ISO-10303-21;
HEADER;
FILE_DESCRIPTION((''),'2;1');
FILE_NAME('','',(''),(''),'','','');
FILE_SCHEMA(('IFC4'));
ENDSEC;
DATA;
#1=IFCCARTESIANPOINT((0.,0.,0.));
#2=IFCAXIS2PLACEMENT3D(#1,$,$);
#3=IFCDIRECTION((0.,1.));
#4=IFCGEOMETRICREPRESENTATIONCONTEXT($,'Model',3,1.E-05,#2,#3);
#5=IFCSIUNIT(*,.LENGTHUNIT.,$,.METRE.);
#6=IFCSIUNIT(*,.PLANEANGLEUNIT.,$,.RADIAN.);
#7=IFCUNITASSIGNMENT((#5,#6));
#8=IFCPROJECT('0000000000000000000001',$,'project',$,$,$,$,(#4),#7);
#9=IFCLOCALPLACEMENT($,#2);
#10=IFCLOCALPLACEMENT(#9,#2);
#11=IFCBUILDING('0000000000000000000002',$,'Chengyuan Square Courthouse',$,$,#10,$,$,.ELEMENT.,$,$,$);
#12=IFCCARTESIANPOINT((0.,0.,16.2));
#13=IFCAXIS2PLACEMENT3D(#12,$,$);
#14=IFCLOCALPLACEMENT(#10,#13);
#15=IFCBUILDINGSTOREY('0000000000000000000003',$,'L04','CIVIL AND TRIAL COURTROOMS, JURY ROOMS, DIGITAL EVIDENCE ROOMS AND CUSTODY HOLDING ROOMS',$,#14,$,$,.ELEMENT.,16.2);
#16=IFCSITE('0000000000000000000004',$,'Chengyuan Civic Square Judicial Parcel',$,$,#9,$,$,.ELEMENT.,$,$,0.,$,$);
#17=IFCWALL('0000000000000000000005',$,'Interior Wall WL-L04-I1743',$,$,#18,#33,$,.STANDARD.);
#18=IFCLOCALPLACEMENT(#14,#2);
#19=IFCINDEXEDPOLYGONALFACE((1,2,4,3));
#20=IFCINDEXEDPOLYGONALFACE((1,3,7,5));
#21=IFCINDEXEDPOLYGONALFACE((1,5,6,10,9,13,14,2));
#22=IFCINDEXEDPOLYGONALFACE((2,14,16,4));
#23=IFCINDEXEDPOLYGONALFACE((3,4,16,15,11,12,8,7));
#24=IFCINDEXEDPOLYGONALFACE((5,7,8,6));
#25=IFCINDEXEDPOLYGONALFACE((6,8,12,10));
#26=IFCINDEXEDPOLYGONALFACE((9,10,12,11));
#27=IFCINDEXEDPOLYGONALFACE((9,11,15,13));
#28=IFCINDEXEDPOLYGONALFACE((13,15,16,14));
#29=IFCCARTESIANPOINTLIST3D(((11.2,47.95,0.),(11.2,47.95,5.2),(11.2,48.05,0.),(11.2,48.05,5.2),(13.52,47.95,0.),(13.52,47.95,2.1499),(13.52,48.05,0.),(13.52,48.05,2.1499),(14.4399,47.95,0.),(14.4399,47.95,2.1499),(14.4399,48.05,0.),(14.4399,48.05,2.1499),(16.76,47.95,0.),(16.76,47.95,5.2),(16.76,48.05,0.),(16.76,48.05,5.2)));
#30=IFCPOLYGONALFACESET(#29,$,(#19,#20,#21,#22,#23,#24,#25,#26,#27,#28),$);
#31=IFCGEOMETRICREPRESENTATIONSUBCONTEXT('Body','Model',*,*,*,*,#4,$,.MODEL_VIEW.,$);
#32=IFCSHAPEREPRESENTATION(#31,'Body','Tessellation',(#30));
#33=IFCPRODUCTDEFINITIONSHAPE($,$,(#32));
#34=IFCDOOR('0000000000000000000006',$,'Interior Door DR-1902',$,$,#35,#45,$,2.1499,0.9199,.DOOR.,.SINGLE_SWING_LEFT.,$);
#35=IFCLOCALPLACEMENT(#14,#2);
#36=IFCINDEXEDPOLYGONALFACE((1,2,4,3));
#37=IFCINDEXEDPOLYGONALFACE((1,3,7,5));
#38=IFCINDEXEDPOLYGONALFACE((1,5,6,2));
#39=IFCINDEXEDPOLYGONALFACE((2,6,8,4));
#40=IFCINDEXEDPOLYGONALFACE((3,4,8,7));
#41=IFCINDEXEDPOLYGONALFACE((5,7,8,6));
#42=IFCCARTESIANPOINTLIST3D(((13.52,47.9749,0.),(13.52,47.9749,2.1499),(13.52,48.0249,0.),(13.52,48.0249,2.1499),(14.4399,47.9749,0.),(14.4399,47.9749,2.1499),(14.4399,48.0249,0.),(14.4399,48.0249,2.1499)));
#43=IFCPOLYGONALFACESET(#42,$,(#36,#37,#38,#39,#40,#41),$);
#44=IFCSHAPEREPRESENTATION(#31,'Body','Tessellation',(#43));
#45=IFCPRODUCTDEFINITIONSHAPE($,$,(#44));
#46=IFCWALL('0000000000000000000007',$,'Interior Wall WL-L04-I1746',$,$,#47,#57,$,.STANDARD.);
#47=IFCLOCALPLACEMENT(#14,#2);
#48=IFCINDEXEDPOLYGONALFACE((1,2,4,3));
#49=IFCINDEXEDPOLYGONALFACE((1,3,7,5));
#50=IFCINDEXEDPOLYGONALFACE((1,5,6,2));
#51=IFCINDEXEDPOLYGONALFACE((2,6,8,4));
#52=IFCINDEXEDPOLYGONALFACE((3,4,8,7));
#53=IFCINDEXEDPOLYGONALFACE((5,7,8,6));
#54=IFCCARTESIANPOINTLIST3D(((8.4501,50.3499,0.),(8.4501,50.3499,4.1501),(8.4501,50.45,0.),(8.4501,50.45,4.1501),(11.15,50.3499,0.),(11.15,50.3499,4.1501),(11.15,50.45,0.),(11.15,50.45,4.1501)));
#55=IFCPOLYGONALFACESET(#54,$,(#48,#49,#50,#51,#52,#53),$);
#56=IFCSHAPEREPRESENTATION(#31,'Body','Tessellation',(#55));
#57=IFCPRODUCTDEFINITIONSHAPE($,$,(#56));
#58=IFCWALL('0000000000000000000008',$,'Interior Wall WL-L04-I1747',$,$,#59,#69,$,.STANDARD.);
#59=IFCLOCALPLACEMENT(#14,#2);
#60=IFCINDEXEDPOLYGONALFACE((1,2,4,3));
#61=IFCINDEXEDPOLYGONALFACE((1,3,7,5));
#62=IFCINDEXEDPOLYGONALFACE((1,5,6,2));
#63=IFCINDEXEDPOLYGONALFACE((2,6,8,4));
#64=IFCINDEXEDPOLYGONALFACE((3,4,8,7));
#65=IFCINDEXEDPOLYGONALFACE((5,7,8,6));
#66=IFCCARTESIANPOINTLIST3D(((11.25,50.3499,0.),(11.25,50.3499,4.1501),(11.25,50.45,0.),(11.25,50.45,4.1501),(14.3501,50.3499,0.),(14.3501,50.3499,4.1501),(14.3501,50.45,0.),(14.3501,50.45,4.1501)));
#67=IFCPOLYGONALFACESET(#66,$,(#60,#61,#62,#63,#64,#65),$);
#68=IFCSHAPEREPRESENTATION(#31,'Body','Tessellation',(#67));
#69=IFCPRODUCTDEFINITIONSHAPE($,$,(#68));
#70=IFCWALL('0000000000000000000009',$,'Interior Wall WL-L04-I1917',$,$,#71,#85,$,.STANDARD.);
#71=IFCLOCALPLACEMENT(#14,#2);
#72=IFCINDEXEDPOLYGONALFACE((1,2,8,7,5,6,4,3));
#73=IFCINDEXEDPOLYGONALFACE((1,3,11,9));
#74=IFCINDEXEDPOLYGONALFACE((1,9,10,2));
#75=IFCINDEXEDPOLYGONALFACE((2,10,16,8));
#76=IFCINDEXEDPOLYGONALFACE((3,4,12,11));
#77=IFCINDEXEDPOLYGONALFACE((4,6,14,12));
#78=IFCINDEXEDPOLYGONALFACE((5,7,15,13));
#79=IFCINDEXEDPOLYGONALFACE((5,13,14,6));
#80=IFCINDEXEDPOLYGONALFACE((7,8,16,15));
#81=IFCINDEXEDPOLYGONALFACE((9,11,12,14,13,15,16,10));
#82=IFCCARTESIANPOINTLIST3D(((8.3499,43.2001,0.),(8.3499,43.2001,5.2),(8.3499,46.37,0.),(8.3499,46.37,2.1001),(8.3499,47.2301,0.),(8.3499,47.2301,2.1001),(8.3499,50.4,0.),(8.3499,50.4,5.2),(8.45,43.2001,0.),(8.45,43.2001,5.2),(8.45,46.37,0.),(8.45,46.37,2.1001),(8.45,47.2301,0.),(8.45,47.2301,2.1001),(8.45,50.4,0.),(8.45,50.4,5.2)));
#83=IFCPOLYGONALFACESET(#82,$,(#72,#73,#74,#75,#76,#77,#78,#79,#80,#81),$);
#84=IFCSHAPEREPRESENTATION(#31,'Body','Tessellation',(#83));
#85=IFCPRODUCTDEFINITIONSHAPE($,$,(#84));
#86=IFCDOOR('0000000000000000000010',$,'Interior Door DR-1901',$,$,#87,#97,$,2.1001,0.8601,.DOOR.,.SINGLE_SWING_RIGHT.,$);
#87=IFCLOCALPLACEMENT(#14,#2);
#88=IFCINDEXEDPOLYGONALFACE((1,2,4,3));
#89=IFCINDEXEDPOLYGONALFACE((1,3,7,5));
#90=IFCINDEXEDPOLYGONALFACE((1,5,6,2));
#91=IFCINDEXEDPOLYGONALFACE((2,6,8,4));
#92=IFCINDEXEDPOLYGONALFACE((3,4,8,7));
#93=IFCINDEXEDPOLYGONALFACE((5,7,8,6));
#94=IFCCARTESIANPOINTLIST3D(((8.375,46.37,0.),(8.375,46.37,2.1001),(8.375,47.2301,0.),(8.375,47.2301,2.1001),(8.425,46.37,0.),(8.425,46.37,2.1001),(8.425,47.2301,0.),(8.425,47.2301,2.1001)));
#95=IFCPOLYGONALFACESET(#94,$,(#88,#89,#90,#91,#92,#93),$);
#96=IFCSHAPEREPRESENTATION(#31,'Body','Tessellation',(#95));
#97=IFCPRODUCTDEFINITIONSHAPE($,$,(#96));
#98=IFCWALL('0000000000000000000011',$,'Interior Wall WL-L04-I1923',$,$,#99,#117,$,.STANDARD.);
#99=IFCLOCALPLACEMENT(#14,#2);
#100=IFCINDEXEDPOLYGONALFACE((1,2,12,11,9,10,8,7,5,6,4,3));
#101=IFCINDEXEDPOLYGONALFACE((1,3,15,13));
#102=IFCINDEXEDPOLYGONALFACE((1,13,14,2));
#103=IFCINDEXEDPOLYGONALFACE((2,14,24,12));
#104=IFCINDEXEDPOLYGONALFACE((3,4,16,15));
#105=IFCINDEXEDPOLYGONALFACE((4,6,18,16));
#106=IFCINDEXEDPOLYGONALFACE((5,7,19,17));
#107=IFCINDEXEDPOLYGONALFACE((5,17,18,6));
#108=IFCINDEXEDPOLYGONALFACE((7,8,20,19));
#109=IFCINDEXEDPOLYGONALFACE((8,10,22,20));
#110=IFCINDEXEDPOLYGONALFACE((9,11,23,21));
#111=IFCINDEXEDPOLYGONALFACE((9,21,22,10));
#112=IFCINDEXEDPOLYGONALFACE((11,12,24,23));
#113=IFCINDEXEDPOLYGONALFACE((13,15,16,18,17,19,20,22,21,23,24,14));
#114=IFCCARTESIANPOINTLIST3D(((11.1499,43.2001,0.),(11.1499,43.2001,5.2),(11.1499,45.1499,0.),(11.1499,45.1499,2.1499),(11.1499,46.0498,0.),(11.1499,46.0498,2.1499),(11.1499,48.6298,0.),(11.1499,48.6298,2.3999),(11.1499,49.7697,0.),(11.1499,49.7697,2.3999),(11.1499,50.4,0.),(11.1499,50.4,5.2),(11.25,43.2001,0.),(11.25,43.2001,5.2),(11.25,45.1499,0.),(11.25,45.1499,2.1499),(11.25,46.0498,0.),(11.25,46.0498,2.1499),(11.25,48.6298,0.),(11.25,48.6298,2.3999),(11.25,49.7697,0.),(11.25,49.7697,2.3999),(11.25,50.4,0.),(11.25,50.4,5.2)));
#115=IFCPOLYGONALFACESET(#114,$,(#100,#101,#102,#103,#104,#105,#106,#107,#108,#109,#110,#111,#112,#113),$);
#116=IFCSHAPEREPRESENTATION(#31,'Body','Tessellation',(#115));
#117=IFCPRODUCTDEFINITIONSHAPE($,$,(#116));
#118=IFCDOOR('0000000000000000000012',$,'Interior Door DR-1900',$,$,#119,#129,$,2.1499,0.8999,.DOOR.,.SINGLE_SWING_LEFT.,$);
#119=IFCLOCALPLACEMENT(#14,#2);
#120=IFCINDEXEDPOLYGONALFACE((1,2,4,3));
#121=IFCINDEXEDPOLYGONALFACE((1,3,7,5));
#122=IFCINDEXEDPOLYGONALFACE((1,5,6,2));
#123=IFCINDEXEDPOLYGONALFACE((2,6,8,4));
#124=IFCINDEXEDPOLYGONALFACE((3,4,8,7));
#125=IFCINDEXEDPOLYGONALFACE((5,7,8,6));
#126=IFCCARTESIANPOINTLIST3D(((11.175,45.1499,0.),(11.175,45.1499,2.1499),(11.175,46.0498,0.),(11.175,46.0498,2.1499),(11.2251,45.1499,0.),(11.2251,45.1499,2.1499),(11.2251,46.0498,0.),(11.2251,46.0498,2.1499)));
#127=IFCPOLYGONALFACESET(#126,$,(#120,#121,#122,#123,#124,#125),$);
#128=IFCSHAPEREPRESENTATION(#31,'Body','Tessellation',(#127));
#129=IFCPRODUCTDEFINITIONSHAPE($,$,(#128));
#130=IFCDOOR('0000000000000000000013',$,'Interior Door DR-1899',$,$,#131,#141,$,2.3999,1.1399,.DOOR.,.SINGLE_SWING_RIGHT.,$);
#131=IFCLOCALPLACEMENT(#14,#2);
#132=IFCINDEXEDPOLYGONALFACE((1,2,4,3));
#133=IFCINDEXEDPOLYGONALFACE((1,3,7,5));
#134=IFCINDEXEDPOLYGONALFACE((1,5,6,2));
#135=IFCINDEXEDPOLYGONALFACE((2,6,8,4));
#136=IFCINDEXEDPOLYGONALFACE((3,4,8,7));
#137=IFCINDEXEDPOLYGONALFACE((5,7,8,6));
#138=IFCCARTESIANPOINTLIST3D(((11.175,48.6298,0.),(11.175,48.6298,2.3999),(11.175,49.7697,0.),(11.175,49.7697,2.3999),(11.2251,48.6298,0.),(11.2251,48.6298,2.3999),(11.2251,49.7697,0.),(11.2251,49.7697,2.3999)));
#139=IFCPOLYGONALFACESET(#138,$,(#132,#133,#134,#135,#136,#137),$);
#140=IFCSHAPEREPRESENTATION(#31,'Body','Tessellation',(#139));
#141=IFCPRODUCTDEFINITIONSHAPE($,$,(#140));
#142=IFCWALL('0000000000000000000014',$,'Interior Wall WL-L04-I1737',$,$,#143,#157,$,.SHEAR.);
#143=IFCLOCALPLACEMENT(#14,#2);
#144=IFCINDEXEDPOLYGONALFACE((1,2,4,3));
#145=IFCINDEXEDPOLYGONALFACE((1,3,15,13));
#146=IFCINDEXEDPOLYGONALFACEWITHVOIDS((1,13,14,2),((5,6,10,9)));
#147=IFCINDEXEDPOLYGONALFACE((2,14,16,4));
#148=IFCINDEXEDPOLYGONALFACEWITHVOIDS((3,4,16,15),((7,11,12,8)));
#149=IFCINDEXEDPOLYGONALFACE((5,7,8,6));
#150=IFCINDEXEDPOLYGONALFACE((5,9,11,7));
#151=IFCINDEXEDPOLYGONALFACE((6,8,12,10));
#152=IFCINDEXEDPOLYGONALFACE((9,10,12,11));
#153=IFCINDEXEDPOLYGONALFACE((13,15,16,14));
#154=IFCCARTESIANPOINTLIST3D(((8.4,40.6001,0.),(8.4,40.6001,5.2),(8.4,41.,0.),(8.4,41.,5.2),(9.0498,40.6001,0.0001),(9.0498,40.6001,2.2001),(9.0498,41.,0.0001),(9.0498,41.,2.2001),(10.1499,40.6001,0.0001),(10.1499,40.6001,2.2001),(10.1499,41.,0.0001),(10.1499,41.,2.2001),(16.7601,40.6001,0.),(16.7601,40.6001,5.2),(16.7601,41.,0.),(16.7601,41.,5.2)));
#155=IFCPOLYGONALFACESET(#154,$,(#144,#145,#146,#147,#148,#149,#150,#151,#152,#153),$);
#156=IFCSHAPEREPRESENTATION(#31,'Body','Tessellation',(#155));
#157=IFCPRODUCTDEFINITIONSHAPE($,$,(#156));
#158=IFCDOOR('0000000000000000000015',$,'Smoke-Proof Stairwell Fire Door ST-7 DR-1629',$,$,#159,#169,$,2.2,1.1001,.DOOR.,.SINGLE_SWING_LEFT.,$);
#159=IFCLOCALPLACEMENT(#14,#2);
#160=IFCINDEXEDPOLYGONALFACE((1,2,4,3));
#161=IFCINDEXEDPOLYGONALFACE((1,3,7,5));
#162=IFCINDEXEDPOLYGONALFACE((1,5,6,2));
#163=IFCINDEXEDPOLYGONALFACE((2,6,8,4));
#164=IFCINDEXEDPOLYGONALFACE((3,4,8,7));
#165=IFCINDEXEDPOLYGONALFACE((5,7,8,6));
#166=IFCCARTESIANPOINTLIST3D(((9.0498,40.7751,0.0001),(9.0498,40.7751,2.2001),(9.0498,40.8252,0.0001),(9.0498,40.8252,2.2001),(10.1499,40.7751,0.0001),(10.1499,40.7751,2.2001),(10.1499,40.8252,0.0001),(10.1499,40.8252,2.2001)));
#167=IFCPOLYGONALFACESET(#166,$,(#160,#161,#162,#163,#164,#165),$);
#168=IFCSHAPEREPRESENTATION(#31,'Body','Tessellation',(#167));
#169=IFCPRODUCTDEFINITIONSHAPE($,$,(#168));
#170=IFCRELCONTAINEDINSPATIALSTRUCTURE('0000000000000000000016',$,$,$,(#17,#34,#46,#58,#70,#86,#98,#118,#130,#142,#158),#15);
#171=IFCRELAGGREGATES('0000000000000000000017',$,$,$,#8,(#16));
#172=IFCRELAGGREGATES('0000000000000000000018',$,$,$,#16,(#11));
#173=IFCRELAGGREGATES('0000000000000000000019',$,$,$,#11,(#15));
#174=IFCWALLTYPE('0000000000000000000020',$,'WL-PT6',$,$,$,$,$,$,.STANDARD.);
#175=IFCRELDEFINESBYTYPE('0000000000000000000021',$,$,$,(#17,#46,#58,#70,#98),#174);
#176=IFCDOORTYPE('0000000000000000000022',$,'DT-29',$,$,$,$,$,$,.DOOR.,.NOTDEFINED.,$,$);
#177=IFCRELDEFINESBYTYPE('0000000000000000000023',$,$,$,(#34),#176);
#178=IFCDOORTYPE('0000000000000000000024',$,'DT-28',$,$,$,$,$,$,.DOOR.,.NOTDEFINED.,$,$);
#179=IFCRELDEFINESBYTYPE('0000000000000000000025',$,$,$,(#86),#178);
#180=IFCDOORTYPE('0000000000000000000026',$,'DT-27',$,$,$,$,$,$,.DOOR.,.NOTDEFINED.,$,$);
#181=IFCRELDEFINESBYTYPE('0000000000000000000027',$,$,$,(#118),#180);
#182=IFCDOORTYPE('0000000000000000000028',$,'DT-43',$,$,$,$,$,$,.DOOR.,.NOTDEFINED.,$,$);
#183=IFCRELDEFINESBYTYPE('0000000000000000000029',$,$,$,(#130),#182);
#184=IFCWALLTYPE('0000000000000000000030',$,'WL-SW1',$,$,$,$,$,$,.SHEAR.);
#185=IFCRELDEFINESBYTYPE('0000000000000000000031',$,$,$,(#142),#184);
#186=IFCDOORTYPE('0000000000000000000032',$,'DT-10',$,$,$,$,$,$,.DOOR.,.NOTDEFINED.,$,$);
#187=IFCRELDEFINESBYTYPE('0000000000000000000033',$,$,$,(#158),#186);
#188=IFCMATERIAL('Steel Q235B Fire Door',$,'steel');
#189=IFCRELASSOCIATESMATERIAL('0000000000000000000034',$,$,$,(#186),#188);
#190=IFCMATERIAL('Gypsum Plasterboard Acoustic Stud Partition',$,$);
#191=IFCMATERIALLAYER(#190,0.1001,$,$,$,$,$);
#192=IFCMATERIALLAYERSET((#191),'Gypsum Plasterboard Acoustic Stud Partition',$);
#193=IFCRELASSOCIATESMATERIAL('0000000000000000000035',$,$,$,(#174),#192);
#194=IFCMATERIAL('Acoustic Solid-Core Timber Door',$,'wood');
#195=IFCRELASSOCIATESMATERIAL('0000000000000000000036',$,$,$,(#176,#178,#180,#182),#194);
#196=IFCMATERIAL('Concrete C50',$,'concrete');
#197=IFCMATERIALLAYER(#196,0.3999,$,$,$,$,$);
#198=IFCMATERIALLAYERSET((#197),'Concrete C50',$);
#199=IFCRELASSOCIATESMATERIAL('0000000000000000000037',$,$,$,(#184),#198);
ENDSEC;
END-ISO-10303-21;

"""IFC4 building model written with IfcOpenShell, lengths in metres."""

from ifc_helpers import new_model, si_unit, direction, frame, frame_2d, origin, place, context, subcontext, project, spatial, rectangle, extrude, material, layer, layer_set, type_object, element, fill, save


model = new_model("IFC4")

# Units and contexts
model_context = context("Model", 3, precision=1e-05, world=origin(), true_north=direction((0.0, 1.0)))
body_context = subcontext(model_context, "Body", "Model", "MODEL_VIEW")
ifc_project = project(units=[si_unit("LENGTHUNIT", "METRE"), si_unit("PLANEANGLEUNIT", "RADIAN")], contexts=[model_context])

# Site, building, storey
site_placement = place(None, origin())
site = spatial("IfcSite", under=ifc_project, at=site_placement, Name="Chengyuan Civic Square Judicial Parcel", CompositionType="ELEMENT", RefElevation=0.0)
building_placement = place(site_placement, origin())
building = spatial("IfcBuilding", under=site, at=building_placement, Name="Chengyuan Square Courthouse", CompositionType="ELEMENT")
storey_placement = place(building_placement, frame((0.0, 0.0, 16.2)))
storey = spatial("IfcBuildingStorey", under=building, at=storey_placement, Name="L04", Description="CIVIL AND TRIAL COURTROOMS, JURY ROOMS, DIGITAL EVIDENCE ROOMS AND CUSTODY HOLDING ROOMS", CompositionType="ELEMENT", Elevation=16.2)

# Shared definitions
ifc_material_1 = material(Name="Steel Q235B Fire Door", Category="steel")
door_type_1 = type_object("IfcDoorType", Name="DT-10", OperationType="NOTDEFINED", PredefinedType="DOOR", material=ifc_material_1)

# Wall, opening, door
ifc_material_2 = material(Name="Gypsum Plasterboard Acoustic Stud Partition")
ifc_layer_1 = layer(ifc_material_2, 0.1001)
ifc_layer_set_1 = layer_set([ifc_layer_1], Name="Gypsum Plasterboard Acoustic Stud Partition")
wall_type_1 = type_object("IfcWallType", Name="WL-PT6", PredefinedType="STANDARD", material=ifc_layer_set_1)
wall_1_placement = place(storey_placement, frame((11.2, 48.0, 0.0), z_axis=(0.0, 0.0, 1.0), x_axis=(1.0, 0.0, 0.0)))
wall_1 = element("IfcWall", 1, at=wall_1_placement, inside=storey, type_object=wall_type_1, Name="Interior Wall WL-L04-I1743", PredefinedType="STANDARD", context=body_context, shape_type="SweptSolid", body=[
    extrude(rectangle(XDim=5.5601, YDim=0.1001, at=frame_2d((2.78, 0.0))), origin(), (0.0, 0.0, 1.0), 5.2),
])
opening_1_placement = place(wall_1_placement, frame((2.3201, 0.0, 0.0)))
opening_1 = element("IfcOpeningElement", 2, at=opening_1_placement, cuts=wall_1, PredefinedType="OPENING", context=body_context, shape_type="SweptSolid", body=[
    extrude(rectangle(XDim=0.9199, YDim=2.1499, at=frame_2d((0.46, 1.075))), frame((0.0, 0.062, 0.0), z_axis=(0.0, -1.0, 0.0), x_axis=(1.0, 0.0, 0.0)), (0.0, 0.0, 1.0), 0.124),
])
ifc_material_3 = material(Name="Acoustic Solid-Core Timber Door", Category="wood")
door_type_2 = type_object("IfcDoorType", Name="DT-29", OperationType="NOTDEFINED", PredefinedType="DOOR", material=ifc_material_3)
door_1_placement = place(opening_1_placement, origin())
door_1 = element("IfcDoor", 3, at=door_1_placement, inside=storey, type_object=door_type_2, Name="Interior Door DR-1902", OperationType="SINGLE_SWING_LEFT", OverallHeight=2.1499, OverallWidth=0.9199, PredefinedType="DOOR", context=body_context, shape_type="SweptSolid", body=[
    extrude(rectangle(XDim=0.9199, YDim=2.1499, at=frame_2d((0.46, 1.075))), frame((0.0, 0.0249, 0.0), z_axis=(0.0, -1.0, 0.0), x_axis=(1.0, 0.0, 0.0)), (0.0, 0.0, 1.0), 0.05),
])
fill(opening_1, door_1)

# Walls
wall_2_placement = place(storey_placement, frame((8.45, 50.3999, 0.0), z_axis=(0.0, 0.0, 1.0), x_axis=(1.0, 0.0, 0.0)))
element("IfcWall", 4, at=wall_2_placement, inside=storey, type_object=wall_type_1, Name="Interior Wall WL-L04-I1746", PredefinedType="STANDARD", context=body_context, shape_type="SweptSolid", body=[
    extrude(rectangle(XDim=2.7, YDim=0.1001, at=frame_2d((1.3501, 0.0))), origin(), (0.0, 0.0, 1.0), 4.1501),
])
wall_3_placement = place(storey_placement, frame((11.25, 50.3999, 0.0), z_axis=(0.0, 0.0, 1.0), x_axis=(1.0, 0.0, 0.0)))
element("IfcWall", 5, at=wall_3_placement, inside=storey, type_object=wall_type_1, Name="Interior Wall WL-L04-I1747", PredefinedType="STANDARD", context=body_context, shape_type="SweptSolid", body=[
    extrude(rectangle(XDim=3.1001, YDim=0.1001, at=frame_2d((1.55, 0.0))), origin(), (0.0, 0.0, 1.0), 4.1501),
])

# Wall, opening, door
wall_4_placement = place(storey_placement, frame((8.3999, 43.2, 0.0), z_axis=(0.0, 0.0, 1.0), x_axis=(0.0, 1.0, 0.0)))
wall_4 = element("IfcWall", 6, at=wall_4_placement, inside=storey, type_object=wall_type_1, Name="Interior Wall WL-L04-I1917", PredefinedType="STANDARD", context=body_context, shape_type="SweptSolid", body=[
    extrude(rectangle(XDim=7.2, YDim=0.1001, at=frame_2d((3.6001, 0.0))), origin(), (0.0, 0.0, 1.0), 5.2),
])
opening_2_placement = place(wall_4_placement, frame((3.1699, 0.0, 0.0)))
opening_2 = element("IfcOpeningElement", 7, at=opening_2_placement, cuts=wall_4, PredefinedType="OPENING", context=body_context, shape_type="SweptSolid", body=[
    extrude(rectangle(XDim=0.8601, YDim=2.1001, at=frame_2d((0.4302, 1.05))), frame((0.0, 0.062, 0.0), z_axis=(0.0, -1.0, 0.0), x_axis=(1.0, 0.0, 0.0)), (0.0, 0.0, 1.0), 0.124),
])
door_type_3 = type_object("IfcDoorType", Name="DT-28", OperationType="NOTDEFINED", PredefinedType="DOOR", material=ifc_material_3)
door_2_placement = place(opening_2_placement, origin())
door_2 = element("IfcDoor", 8, at=door_2_placement, inside=storey, type_object=door_type_3, Name="Interior Door DR-1901", OperationType="SINGLE_SWING_RIGHT", OverallHeight=2.1001, OverallWidth=0.8601, PredefinedType="DOOR", context=body_context, shape_type="SweptSolid", body=[
    extrude(rectangle(XDim=0.8601, YDim=2.1001, at=frame_2d((0.4302, 1.05))), frame((0.0, 0.0249, 0.0), z_axis=(0.0, -1.0, 0.0), x_axis=(1.0, 0.0, 0.0)), (0.0, 0.0, 1.0), 0.05),
])
fill(opening_2, door_2)

# Wall, openings, doors
wall_5_placement = place(storey_placement, frame((11.2, 43.2, 0.0), z_axis=(0.0, 0.0, 1.0), x_axis=(0.0, 1.0, 0.0)))
wall_5 = element("IfcWall", 9, at=wall_5_placement, inside=storey, type_object=wall_type_1, Name="Interior Wall WL-L04-I1923", PredefinedType="STANDARD", context=body_context, shape_type="SweptSolid", body=[
    extrude(rectangle(XDim=7.2, YDim=0.1001, at=frame_2d((3.6001, 0.0))), origin(), (0.0, 0.0, 1.0), 5.2),
])
opening_3_placement = place(wall_5_placement, frame((5.4299, 0.0, 0.0)))
opening_3 = element("IfcOpeningElement", 10, at=opening_3_placement, cuts=wall_5, PredefinedType="OPENING", context=body_context, shape_type="SweptSolid", body=[
    extrude(rectangle(XDim=1.1399, YDim=2.3999, at=frame_2d((0.5698, 1.2))), frame((0.0, 0.062, 0.0), z_axis=(0.0, -1.0, 0.0), x_axis=(1.0, 0.0, 0.0)), (0.0, 0.0, 1.0), 0.124),
])
opening_4_placement = place(wall_5_placement, frame((1.95, 0.0, 0.0)))
opening_4 = element("IfcOpeningElement", 11, at=opening_4_placement, cuts=wall_5, PredefinedType="OPENING", context=body_context, shape_type="SweptSolid", body=[
    extrude(rectangle(XDim=0.8999, YDim=2.1499, at=frame_2d((0.45, 1.075))), frame((0.0, 0.062, 0.0), z_axis=(0.0, -1.0, 0.0), x_axis=(1.0, 0.0, 0.0)), (0.0, 0.0, 1.0), 0.124),
])
door_type_4 = type_object("IfcDoorType", Name="DT-27", OperationType="NOTDEFINED", PredefinedType="DOOR", material=ifc_material_3)
door_3_placement = place(opening_4_placement, origin())
door_3 = element("IfcDoor", 12, at=door_3_placement, inside=storey, type_object=door_type_4, Name="Interior Door DR-1900", OperationType="SINGLE_SWING_LEFT", OverallHeight=2.1499, OverallWidth=0.8999, PredefinedType="DOOR", context=body_context, shape_type="SweptSolid", body=[
    extrude(rectangle(XDim=0.8999, YDim=2.1499, at=frame_2d((0.45, 1.075))), frame((0.0, 0.0249, 0.0), z_axis=(0.0, -1.0, 0.0), x_axis=(1.0, 0.0, 0.0)), (0.0, 0.0, 1.0), 0.05),
])
fill(opening_4, door_3)
door_type_5 = type_object("IfcDoorType", Name="DT-43", OperationType="NOTDEFINED", PredefinedType="DOOR", material=ifc_material_3)
door_4_placement = place(opening_3_placement, origin())
door_4 = element("IfcDoor", 13, at=door_4_placement, inside=storey, type_object=door_type_5, Name="Interior Door DR-1899", OperationType="SINGLE_SWING_RIGHT", OverallHeight=2.3999, OverallWidth=1.1399, PredefinedType="DOOR", context=body_context, shape_type="SweptSolid", body=[
    extrude(rectangle(XDim=1.1399, YDim=2.3999, at=frame_2d((0.5698, 1.2))), frame((0.0, 0.0249, 0.0), z_axis=(0.0, -1.0, 0.0), x_axis=(1.0, 0.0, 0.0)), (0.0, 0.0, 1.0), 0.05),
])
fill(opening_3, door_4)

# Wall, opening, door
ifc_material_4 = material(Name="Concrete C50", Category="concrete")
ifc_layer_2 = layer(ifc_material_4, 0.3999)
ifc_layer_set_2 = layer_set([ifc_layer_2], Name="Concrete C50")
wall_type_2 = type_object("IfcWallType", Name="WL-SW1", PredefinedType="SHEAR", material=ifc_layer_set_2)
wall_6_placement = place(storey_placement, frame((8.3999, 40.8, 0.0), z_axis=(0.0, 0.0, 1.0), x_axis=(1.0, 0.0, 0.0)))
wall_6 = element("IfcWall", 14, at=wall_6_placement, inside=storey, type_object=wall_type_2, Name="Interior Wall WL-L04-I1737", PredefinedType="SHEAR", context=body_context, shape_type="SweptSolid", body=[
    extrude(rectangle(XDim=8.3601, YDim=0.3999, at=frame_2d((4.1802, 0.0))), origin(), (0.0, 0.0, 1.0), 5.2),
])
opening_5_placement = place(wall_6_placement, frame((0.6499, 0.0, 0.0)))
opening_5 = element("IfcOpeningElement", 15, at=opening_5_placement, cuts=wall_6, PredefinedType="OPENING", context=body_context, shape_type="SweptSolid", body=[
    extrude(rectangle(XDim=1.1001, YDim=2.2, at=frame_2d((0.55, 1.1001))), frame((0.0, 0.2119, 0.0), z_axis=(0.0, -1.0, 0.0), x_axis=(1.0, 0.0, 0.0)), (0.0, 0.0, 1.0), 0.4238),
])
door_5_placement = place(opening_5_placement, frame((1.1001, 0.0, 0.0), z_axis=(0.0, 0.0, 1.0), x_axis=(-1.0, 0.0, 0.0)))
door_5 = element("IfcDoor", 16, at=door_5_placement, inside=storey, type_object=door_type_1, Name="Smoke-Proof Stairwell Fire Door ST-7 DR-1629", OperationType="SINGLE_SWING_LEFT", OverallHeight=2.2, OverallWidth=1.1001, PredefinedType="DOOR", context=body_context, shape_type="SweptSolid", body=[
    extrude(rectangle(XDim=1.1001, YDim=2.2, at=frame_2d((0.55, 1.1001))), frame((0.0, 0.0249, 0.0), z_axis=(0.0, -1.0, 0.0), x_axis=(1.0, 0.0, 0.0)), (0.0, 0.0, 1.0), 0.05),
])
fill(opening_5, door_5)

save(model, "model.ifc")
